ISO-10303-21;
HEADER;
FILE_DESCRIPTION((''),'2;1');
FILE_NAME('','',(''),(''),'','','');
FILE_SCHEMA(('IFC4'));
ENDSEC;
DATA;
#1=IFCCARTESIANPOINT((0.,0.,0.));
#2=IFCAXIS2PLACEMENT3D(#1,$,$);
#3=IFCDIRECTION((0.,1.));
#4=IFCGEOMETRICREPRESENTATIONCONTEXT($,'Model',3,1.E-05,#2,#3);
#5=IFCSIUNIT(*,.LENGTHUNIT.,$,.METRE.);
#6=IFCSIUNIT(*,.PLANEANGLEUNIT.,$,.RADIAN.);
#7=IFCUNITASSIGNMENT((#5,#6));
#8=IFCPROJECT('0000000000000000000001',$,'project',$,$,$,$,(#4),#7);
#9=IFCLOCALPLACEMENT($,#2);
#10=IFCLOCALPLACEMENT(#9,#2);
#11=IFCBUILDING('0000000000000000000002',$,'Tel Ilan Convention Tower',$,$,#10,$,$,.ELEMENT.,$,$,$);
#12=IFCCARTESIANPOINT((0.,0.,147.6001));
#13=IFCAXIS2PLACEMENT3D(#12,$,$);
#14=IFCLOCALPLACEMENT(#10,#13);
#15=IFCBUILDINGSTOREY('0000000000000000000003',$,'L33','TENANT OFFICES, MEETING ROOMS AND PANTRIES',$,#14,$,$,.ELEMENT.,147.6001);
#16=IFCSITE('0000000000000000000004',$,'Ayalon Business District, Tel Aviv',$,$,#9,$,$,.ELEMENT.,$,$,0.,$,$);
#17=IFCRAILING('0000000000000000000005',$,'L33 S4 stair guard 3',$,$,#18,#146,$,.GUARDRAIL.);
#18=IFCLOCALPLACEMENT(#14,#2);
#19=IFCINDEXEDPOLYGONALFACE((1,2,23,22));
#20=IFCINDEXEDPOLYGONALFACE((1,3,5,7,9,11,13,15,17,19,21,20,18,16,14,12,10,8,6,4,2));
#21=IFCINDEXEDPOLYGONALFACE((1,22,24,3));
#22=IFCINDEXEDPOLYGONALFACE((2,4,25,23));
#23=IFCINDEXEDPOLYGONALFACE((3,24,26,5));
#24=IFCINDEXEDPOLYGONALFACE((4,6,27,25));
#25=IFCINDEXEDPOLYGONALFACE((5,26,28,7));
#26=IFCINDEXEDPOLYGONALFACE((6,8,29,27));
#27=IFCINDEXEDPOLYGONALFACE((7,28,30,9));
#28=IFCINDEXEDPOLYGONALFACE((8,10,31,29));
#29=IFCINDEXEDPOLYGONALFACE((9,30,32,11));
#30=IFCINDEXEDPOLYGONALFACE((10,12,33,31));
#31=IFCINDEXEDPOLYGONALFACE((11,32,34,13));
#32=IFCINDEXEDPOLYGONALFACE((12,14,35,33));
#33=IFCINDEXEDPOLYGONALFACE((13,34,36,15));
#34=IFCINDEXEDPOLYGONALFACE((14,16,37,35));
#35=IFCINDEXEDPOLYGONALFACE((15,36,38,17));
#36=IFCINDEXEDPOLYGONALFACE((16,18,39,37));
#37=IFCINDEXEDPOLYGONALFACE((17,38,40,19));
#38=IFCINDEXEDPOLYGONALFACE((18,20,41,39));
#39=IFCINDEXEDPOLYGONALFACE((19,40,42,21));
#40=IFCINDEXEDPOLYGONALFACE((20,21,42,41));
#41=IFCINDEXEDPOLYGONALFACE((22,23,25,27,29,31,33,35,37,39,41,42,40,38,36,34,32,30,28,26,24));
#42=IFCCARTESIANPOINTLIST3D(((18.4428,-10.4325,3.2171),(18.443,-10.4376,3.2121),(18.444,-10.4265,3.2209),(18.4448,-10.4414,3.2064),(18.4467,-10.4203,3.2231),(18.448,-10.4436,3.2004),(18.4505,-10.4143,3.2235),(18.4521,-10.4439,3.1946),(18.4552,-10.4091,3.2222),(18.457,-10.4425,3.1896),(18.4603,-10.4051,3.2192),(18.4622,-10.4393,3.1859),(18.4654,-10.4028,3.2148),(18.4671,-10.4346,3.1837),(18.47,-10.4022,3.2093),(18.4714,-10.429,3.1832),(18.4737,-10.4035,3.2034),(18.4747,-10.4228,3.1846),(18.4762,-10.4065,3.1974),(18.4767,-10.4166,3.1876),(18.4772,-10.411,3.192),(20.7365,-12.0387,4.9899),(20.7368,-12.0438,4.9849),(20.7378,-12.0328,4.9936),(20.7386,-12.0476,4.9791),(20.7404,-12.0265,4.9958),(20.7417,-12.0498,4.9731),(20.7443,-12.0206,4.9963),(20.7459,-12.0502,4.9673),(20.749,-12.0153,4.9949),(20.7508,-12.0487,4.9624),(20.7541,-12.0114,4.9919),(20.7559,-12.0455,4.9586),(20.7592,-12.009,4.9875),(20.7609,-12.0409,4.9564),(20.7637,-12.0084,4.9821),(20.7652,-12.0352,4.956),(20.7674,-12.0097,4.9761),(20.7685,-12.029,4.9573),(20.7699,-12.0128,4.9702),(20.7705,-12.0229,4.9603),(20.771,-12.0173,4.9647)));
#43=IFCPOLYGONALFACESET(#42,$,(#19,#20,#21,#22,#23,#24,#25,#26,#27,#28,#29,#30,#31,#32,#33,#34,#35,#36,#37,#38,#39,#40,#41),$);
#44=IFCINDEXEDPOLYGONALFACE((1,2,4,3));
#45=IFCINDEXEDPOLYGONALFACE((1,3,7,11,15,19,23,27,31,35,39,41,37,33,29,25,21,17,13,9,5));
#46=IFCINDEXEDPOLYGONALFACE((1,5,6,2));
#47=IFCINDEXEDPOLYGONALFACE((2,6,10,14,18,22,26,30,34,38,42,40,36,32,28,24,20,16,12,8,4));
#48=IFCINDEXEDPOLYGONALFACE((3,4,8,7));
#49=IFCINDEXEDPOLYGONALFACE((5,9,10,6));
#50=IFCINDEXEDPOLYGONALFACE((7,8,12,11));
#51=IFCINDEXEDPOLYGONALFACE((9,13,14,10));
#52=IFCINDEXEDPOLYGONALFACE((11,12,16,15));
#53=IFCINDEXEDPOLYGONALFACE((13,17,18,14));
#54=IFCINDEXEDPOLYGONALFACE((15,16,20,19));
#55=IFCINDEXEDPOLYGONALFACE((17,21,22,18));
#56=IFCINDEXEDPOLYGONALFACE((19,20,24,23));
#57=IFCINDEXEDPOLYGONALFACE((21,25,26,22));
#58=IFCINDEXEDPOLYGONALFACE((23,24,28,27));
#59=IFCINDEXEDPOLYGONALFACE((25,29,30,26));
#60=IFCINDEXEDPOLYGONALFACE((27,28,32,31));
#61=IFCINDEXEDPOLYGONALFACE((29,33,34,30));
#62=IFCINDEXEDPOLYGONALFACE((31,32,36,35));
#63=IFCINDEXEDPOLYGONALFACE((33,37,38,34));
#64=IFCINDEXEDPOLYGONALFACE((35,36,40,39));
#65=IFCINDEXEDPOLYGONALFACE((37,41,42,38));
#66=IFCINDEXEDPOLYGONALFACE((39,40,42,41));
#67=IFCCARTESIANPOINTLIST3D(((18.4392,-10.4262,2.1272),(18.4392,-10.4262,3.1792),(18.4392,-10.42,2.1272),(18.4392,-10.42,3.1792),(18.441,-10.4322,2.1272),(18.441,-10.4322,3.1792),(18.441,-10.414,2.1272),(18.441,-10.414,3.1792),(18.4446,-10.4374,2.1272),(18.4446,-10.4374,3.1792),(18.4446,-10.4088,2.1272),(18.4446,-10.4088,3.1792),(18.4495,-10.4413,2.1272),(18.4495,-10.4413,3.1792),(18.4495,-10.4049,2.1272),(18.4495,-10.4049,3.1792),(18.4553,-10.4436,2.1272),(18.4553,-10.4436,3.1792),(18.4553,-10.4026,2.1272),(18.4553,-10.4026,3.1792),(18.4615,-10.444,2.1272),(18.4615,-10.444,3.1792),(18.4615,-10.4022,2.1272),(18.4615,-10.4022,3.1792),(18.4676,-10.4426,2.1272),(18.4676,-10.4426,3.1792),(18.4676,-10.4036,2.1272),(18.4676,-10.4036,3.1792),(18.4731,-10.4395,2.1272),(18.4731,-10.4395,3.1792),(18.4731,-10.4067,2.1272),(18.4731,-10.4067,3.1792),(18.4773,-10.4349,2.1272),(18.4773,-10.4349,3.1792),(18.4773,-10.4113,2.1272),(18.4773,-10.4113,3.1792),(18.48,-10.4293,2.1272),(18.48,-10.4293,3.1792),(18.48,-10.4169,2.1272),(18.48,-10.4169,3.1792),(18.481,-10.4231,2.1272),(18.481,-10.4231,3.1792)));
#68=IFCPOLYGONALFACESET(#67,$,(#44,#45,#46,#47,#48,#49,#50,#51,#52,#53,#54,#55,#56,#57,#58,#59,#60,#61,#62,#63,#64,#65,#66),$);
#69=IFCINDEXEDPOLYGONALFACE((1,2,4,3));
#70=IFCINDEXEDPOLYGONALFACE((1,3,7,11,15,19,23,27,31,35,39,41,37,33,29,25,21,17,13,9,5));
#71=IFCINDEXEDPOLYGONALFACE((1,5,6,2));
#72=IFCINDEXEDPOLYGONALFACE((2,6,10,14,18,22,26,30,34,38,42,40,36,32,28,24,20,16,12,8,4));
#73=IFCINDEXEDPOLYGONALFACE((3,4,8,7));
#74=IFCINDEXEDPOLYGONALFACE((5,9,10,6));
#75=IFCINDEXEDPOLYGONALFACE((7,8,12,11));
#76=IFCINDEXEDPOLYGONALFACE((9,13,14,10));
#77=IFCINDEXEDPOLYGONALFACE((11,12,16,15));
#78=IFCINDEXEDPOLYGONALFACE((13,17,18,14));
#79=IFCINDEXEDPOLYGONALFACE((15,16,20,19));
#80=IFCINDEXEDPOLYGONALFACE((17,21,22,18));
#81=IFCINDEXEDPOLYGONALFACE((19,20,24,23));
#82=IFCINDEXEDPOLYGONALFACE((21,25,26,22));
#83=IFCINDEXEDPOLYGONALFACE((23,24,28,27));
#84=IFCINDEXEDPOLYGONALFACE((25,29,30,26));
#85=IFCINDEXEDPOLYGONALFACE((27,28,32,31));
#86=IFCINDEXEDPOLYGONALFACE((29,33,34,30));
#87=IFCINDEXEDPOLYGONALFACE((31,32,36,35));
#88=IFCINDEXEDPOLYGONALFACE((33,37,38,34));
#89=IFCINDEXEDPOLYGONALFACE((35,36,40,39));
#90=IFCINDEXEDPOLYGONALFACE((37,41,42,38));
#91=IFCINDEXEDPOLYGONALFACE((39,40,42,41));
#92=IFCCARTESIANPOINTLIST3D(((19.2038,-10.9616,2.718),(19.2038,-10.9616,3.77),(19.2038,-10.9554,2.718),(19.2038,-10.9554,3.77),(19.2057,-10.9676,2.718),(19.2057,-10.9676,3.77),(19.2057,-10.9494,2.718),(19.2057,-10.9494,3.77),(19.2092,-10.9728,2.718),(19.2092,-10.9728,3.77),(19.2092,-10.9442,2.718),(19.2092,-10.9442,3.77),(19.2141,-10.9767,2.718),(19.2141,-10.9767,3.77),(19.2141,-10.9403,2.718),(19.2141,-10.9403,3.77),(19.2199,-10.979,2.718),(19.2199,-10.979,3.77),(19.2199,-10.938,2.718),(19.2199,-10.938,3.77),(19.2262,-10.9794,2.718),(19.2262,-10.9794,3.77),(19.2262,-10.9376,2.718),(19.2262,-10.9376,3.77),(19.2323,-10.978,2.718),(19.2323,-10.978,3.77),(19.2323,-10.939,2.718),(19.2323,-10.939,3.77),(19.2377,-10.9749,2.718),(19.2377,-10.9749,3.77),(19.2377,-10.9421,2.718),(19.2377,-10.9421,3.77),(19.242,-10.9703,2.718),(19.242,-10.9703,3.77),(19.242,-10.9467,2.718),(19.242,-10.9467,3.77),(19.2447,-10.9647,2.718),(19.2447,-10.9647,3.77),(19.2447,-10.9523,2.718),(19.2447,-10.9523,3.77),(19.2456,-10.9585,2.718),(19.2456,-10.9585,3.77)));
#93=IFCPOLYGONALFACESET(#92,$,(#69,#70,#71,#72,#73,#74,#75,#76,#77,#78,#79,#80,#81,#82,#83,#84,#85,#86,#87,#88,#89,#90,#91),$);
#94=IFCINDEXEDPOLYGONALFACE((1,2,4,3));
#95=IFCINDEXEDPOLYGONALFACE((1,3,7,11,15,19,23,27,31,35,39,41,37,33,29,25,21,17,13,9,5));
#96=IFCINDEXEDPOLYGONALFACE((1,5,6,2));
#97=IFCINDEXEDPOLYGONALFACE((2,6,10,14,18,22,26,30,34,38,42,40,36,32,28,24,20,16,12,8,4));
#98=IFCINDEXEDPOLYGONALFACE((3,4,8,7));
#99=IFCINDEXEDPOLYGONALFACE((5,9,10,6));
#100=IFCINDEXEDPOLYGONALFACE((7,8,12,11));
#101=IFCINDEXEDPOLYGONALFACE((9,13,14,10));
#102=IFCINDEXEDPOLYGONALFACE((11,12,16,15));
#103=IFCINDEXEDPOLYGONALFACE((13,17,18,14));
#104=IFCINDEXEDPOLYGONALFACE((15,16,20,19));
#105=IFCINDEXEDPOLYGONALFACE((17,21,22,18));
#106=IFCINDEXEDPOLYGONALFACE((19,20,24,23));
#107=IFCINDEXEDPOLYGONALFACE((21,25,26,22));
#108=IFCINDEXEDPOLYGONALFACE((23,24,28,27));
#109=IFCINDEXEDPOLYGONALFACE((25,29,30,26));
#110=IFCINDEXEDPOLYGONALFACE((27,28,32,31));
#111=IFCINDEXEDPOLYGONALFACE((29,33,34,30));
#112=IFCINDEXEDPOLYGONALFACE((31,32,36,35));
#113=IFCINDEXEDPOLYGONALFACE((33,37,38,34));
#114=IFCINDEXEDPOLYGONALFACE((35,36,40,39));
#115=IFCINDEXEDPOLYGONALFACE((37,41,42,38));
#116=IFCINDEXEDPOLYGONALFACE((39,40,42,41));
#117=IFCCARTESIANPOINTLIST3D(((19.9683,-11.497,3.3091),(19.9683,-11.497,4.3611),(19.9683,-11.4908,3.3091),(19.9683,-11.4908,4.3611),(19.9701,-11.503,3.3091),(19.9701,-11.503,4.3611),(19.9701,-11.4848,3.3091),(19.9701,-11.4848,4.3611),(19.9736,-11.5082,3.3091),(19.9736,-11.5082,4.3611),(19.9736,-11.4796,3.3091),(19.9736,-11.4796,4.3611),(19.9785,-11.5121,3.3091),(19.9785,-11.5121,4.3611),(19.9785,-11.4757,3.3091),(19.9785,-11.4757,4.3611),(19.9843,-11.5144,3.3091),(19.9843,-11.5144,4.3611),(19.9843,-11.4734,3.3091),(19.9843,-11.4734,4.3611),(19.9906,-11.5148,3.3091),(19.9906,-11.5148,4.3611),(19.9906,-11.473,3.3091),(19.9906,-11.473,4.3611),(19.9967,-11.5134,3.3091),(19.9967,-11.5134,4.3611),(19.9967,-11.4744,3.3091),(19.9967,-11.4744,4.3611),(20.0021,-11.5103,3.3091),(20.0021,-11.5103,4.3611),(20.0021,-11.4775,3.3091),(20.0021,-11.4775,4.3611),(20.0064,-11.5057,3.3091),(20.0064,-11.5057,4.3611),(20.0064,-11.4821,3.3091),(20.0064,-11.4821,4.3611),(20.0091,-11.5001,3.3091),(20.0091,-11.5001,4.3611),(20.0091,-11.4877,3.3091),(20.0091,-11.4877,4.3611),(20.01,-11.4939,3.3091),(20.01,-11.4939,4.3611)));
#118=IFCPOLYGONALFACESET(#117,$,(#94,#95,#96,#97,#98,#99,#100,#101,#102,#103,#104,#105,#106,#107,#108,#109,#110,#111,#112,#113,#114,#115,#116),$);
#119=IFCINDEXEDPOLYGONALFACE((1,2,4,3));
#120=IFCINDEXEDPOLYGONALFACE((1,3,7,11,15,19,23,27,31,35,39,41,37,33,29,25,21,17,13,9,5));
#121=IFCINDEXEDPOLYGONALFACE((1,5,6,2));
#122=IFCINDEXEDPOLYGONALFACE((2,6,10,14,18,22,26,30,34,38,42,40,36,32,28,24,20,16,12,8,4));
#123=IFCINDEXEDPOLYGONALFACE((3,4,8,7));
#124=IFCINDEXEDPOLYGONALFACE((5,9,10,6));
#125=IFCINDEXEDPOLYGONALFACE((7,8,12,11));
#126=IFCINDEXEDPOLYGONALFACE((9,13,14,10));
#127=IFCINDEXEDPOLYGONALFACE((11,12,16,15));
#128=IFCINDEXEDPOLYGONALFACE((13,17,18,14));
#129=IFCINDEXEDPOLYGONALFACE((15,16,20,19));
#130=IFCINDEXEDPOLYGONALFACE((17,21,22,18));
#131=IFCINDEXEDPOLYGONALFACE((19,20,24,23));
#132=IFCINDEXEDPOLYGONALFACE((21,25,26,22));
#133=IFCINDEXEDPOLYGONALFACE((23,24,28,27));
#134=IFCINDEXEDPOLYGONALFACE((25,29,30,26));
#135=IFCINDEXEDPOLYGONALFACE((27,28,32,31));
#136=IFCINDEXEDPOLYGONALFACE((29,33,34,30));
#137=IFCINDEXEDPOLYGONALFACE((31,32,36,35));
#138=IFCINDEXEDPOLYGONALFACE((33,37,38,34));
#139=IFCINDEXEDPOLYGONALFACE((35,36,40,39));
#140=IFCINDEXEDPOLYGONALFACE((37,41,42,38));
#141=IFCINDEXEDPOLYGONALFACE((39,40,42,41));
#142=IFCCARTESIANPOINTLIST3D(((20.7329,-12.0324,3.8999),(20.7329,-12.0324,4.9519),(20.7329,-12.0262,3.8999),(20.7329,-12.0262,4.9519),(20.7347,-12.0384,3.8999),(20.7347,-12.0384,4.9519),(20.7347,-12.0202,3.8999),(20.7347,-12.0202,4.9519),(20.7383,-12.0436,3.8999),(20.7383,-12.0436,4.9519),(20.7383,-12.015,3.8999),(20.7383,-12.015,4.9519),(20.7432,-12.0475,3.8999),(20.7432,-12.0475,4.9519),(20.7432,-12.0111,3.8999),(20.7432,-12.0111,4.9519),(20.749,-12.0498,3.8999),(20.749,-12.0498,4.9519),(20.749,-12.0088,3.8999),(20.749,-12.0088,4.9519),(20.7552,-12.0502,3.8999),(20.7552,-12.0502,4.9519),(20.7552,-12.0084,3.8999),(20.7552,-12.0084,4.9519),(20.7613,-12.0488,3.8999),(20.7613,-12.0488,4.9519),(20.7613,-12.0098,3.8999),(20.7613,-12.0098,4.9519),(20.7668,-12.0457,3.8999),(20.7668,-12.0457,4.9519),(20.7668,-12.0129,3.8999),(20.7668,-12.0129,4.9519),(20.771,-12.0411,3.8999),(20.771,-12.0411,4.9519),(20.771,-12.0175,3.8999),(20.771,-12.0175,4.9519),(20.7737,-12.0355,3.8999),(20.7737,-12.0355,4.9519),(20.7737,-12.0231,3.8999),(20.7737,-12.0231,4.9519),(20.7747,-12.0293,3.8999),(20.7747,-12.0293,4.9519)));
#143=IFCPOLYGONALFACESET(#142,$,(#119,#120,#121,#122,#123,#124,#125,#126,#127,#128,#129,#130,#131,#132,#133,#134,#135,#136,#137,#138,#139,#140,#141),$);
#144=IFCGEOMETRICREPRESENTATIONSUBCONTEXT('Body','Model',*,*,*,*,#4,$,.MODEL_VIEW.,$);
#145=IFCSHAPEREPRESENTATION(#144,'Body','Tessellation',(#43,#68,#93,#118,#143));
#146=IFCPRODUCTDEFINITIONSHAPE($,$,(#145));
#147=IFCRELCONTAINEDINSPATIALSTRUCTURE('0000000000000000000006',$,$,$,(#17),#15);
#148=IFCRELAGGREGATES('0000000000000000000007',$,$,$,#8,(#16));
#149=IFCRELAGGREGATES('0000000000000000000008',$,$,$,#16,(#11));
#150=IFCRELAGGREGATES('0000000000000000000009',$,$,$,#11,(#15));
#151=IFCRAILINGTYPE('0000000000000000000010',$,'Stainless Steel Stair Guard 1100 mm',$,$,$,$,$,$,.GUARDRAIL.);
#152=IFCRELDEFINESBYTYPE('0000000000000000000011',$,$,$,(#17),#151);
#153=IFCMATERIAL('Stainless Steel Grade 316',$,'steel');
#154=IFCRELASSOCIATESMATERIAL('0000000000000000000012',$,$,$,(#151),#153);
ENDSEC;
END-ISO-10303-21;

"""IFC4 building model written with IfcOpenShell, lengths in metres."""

from ifc_helpers import new_model, si_unit, direction, frame, origin, origin_2d, place, context, subcontext, project, spatial, circle, extrude, material, type_object, element, save


model = new_model("IFC4")

# Units and contexts
model_context = context("Model", 3, precision=1e-05, world=origin(), true_north=direction((0.0, 1.0)))
body_context = subcontext(model_context, "Body", "Model", "MODEL_VIEW")
ifc_project = project(units=[si_unit("LENGTHUNIT", "METRE"), si_unit("PLANEANGLEUNIT", "RADIAN")], contexts=[model_context])

# Site, building, storey
site_placement = place(None, origin())
site = spatial("IfcSite", under=ifc_project, at=site_placement, Name="Ayalon Business District, Tel Aviv", CompositionType="ELEMENT", RefElevation=0.0)
building_placement = place(site_placement, origin())
building = spatial("IfcBuilding", under=site, at=building_placement, Name="Tel Ilan Convention Tower", CompositionType="ELEMENT")
storey_placement = place(building_placement, frame((0.0, 0.0, 147.6001)))
storey = spatial("IfcBuildingStorey", under=building, at=storey_placement, Name="L33", Description="TENANT OFFICES, MEETING ROOMS AND PANTRIES", CompositionType="ELEMENT", Elevation=147.6001)

# Railing
ifc_material_1 = material(Name="Stainless Steel Grade 316", Category="steel")
railing_type_1 = type_object("IfcRailingType", Name="Stainless Steel Stair Guard 1100 mm", PredefinedType="GUARDRAIL", material=ifc_material_1)
railing_1_placement = place(storey_placement, frame((18.46, -10.4231, 2.1272)))
element("IfcRailing", 1, at=railing_1_placement, inside=storey, type_object=railing_type_1, Name="L33 S4 stair guard 3", PredefinedType="GUARDRAIL", context=body_context, shape_type="SweptSolid", body=[
    extrude(circle(Radius=0.0239, at=origin_2d()), frame((0.0, 0.0, 1.0762), z_axis=(0.692098, -0.484653, 0.534894), x_axis=(0.573609, 0.81913, 0.0)), (0.0, 0.0, 1.0), 3.3142),
    extrude(circle(Radius=0.021, at=origin_2d()), origin(), (0.0, 0.0, 1.0), 1.052),
    extrude(circle(Radius=0.021, at=origin_2d()), frame((0.7646, -0.5354, 0.5908)), (0.0, 0.0, 1.0), 1.052),
    extrude(circle(Radius=0.021, at=origin_2d()), frame((1.5291, -1.0708, 1.1819)), (0.0, 0.0, 1.0), 1.052),
    extrude(circle(Radius=0.021, at=origin_2d()), frame((2.2937, -1.6062, 1.7727)), (0.0, 0.0, 1.0), 1.052),
])

save(model, "model.ifc")
